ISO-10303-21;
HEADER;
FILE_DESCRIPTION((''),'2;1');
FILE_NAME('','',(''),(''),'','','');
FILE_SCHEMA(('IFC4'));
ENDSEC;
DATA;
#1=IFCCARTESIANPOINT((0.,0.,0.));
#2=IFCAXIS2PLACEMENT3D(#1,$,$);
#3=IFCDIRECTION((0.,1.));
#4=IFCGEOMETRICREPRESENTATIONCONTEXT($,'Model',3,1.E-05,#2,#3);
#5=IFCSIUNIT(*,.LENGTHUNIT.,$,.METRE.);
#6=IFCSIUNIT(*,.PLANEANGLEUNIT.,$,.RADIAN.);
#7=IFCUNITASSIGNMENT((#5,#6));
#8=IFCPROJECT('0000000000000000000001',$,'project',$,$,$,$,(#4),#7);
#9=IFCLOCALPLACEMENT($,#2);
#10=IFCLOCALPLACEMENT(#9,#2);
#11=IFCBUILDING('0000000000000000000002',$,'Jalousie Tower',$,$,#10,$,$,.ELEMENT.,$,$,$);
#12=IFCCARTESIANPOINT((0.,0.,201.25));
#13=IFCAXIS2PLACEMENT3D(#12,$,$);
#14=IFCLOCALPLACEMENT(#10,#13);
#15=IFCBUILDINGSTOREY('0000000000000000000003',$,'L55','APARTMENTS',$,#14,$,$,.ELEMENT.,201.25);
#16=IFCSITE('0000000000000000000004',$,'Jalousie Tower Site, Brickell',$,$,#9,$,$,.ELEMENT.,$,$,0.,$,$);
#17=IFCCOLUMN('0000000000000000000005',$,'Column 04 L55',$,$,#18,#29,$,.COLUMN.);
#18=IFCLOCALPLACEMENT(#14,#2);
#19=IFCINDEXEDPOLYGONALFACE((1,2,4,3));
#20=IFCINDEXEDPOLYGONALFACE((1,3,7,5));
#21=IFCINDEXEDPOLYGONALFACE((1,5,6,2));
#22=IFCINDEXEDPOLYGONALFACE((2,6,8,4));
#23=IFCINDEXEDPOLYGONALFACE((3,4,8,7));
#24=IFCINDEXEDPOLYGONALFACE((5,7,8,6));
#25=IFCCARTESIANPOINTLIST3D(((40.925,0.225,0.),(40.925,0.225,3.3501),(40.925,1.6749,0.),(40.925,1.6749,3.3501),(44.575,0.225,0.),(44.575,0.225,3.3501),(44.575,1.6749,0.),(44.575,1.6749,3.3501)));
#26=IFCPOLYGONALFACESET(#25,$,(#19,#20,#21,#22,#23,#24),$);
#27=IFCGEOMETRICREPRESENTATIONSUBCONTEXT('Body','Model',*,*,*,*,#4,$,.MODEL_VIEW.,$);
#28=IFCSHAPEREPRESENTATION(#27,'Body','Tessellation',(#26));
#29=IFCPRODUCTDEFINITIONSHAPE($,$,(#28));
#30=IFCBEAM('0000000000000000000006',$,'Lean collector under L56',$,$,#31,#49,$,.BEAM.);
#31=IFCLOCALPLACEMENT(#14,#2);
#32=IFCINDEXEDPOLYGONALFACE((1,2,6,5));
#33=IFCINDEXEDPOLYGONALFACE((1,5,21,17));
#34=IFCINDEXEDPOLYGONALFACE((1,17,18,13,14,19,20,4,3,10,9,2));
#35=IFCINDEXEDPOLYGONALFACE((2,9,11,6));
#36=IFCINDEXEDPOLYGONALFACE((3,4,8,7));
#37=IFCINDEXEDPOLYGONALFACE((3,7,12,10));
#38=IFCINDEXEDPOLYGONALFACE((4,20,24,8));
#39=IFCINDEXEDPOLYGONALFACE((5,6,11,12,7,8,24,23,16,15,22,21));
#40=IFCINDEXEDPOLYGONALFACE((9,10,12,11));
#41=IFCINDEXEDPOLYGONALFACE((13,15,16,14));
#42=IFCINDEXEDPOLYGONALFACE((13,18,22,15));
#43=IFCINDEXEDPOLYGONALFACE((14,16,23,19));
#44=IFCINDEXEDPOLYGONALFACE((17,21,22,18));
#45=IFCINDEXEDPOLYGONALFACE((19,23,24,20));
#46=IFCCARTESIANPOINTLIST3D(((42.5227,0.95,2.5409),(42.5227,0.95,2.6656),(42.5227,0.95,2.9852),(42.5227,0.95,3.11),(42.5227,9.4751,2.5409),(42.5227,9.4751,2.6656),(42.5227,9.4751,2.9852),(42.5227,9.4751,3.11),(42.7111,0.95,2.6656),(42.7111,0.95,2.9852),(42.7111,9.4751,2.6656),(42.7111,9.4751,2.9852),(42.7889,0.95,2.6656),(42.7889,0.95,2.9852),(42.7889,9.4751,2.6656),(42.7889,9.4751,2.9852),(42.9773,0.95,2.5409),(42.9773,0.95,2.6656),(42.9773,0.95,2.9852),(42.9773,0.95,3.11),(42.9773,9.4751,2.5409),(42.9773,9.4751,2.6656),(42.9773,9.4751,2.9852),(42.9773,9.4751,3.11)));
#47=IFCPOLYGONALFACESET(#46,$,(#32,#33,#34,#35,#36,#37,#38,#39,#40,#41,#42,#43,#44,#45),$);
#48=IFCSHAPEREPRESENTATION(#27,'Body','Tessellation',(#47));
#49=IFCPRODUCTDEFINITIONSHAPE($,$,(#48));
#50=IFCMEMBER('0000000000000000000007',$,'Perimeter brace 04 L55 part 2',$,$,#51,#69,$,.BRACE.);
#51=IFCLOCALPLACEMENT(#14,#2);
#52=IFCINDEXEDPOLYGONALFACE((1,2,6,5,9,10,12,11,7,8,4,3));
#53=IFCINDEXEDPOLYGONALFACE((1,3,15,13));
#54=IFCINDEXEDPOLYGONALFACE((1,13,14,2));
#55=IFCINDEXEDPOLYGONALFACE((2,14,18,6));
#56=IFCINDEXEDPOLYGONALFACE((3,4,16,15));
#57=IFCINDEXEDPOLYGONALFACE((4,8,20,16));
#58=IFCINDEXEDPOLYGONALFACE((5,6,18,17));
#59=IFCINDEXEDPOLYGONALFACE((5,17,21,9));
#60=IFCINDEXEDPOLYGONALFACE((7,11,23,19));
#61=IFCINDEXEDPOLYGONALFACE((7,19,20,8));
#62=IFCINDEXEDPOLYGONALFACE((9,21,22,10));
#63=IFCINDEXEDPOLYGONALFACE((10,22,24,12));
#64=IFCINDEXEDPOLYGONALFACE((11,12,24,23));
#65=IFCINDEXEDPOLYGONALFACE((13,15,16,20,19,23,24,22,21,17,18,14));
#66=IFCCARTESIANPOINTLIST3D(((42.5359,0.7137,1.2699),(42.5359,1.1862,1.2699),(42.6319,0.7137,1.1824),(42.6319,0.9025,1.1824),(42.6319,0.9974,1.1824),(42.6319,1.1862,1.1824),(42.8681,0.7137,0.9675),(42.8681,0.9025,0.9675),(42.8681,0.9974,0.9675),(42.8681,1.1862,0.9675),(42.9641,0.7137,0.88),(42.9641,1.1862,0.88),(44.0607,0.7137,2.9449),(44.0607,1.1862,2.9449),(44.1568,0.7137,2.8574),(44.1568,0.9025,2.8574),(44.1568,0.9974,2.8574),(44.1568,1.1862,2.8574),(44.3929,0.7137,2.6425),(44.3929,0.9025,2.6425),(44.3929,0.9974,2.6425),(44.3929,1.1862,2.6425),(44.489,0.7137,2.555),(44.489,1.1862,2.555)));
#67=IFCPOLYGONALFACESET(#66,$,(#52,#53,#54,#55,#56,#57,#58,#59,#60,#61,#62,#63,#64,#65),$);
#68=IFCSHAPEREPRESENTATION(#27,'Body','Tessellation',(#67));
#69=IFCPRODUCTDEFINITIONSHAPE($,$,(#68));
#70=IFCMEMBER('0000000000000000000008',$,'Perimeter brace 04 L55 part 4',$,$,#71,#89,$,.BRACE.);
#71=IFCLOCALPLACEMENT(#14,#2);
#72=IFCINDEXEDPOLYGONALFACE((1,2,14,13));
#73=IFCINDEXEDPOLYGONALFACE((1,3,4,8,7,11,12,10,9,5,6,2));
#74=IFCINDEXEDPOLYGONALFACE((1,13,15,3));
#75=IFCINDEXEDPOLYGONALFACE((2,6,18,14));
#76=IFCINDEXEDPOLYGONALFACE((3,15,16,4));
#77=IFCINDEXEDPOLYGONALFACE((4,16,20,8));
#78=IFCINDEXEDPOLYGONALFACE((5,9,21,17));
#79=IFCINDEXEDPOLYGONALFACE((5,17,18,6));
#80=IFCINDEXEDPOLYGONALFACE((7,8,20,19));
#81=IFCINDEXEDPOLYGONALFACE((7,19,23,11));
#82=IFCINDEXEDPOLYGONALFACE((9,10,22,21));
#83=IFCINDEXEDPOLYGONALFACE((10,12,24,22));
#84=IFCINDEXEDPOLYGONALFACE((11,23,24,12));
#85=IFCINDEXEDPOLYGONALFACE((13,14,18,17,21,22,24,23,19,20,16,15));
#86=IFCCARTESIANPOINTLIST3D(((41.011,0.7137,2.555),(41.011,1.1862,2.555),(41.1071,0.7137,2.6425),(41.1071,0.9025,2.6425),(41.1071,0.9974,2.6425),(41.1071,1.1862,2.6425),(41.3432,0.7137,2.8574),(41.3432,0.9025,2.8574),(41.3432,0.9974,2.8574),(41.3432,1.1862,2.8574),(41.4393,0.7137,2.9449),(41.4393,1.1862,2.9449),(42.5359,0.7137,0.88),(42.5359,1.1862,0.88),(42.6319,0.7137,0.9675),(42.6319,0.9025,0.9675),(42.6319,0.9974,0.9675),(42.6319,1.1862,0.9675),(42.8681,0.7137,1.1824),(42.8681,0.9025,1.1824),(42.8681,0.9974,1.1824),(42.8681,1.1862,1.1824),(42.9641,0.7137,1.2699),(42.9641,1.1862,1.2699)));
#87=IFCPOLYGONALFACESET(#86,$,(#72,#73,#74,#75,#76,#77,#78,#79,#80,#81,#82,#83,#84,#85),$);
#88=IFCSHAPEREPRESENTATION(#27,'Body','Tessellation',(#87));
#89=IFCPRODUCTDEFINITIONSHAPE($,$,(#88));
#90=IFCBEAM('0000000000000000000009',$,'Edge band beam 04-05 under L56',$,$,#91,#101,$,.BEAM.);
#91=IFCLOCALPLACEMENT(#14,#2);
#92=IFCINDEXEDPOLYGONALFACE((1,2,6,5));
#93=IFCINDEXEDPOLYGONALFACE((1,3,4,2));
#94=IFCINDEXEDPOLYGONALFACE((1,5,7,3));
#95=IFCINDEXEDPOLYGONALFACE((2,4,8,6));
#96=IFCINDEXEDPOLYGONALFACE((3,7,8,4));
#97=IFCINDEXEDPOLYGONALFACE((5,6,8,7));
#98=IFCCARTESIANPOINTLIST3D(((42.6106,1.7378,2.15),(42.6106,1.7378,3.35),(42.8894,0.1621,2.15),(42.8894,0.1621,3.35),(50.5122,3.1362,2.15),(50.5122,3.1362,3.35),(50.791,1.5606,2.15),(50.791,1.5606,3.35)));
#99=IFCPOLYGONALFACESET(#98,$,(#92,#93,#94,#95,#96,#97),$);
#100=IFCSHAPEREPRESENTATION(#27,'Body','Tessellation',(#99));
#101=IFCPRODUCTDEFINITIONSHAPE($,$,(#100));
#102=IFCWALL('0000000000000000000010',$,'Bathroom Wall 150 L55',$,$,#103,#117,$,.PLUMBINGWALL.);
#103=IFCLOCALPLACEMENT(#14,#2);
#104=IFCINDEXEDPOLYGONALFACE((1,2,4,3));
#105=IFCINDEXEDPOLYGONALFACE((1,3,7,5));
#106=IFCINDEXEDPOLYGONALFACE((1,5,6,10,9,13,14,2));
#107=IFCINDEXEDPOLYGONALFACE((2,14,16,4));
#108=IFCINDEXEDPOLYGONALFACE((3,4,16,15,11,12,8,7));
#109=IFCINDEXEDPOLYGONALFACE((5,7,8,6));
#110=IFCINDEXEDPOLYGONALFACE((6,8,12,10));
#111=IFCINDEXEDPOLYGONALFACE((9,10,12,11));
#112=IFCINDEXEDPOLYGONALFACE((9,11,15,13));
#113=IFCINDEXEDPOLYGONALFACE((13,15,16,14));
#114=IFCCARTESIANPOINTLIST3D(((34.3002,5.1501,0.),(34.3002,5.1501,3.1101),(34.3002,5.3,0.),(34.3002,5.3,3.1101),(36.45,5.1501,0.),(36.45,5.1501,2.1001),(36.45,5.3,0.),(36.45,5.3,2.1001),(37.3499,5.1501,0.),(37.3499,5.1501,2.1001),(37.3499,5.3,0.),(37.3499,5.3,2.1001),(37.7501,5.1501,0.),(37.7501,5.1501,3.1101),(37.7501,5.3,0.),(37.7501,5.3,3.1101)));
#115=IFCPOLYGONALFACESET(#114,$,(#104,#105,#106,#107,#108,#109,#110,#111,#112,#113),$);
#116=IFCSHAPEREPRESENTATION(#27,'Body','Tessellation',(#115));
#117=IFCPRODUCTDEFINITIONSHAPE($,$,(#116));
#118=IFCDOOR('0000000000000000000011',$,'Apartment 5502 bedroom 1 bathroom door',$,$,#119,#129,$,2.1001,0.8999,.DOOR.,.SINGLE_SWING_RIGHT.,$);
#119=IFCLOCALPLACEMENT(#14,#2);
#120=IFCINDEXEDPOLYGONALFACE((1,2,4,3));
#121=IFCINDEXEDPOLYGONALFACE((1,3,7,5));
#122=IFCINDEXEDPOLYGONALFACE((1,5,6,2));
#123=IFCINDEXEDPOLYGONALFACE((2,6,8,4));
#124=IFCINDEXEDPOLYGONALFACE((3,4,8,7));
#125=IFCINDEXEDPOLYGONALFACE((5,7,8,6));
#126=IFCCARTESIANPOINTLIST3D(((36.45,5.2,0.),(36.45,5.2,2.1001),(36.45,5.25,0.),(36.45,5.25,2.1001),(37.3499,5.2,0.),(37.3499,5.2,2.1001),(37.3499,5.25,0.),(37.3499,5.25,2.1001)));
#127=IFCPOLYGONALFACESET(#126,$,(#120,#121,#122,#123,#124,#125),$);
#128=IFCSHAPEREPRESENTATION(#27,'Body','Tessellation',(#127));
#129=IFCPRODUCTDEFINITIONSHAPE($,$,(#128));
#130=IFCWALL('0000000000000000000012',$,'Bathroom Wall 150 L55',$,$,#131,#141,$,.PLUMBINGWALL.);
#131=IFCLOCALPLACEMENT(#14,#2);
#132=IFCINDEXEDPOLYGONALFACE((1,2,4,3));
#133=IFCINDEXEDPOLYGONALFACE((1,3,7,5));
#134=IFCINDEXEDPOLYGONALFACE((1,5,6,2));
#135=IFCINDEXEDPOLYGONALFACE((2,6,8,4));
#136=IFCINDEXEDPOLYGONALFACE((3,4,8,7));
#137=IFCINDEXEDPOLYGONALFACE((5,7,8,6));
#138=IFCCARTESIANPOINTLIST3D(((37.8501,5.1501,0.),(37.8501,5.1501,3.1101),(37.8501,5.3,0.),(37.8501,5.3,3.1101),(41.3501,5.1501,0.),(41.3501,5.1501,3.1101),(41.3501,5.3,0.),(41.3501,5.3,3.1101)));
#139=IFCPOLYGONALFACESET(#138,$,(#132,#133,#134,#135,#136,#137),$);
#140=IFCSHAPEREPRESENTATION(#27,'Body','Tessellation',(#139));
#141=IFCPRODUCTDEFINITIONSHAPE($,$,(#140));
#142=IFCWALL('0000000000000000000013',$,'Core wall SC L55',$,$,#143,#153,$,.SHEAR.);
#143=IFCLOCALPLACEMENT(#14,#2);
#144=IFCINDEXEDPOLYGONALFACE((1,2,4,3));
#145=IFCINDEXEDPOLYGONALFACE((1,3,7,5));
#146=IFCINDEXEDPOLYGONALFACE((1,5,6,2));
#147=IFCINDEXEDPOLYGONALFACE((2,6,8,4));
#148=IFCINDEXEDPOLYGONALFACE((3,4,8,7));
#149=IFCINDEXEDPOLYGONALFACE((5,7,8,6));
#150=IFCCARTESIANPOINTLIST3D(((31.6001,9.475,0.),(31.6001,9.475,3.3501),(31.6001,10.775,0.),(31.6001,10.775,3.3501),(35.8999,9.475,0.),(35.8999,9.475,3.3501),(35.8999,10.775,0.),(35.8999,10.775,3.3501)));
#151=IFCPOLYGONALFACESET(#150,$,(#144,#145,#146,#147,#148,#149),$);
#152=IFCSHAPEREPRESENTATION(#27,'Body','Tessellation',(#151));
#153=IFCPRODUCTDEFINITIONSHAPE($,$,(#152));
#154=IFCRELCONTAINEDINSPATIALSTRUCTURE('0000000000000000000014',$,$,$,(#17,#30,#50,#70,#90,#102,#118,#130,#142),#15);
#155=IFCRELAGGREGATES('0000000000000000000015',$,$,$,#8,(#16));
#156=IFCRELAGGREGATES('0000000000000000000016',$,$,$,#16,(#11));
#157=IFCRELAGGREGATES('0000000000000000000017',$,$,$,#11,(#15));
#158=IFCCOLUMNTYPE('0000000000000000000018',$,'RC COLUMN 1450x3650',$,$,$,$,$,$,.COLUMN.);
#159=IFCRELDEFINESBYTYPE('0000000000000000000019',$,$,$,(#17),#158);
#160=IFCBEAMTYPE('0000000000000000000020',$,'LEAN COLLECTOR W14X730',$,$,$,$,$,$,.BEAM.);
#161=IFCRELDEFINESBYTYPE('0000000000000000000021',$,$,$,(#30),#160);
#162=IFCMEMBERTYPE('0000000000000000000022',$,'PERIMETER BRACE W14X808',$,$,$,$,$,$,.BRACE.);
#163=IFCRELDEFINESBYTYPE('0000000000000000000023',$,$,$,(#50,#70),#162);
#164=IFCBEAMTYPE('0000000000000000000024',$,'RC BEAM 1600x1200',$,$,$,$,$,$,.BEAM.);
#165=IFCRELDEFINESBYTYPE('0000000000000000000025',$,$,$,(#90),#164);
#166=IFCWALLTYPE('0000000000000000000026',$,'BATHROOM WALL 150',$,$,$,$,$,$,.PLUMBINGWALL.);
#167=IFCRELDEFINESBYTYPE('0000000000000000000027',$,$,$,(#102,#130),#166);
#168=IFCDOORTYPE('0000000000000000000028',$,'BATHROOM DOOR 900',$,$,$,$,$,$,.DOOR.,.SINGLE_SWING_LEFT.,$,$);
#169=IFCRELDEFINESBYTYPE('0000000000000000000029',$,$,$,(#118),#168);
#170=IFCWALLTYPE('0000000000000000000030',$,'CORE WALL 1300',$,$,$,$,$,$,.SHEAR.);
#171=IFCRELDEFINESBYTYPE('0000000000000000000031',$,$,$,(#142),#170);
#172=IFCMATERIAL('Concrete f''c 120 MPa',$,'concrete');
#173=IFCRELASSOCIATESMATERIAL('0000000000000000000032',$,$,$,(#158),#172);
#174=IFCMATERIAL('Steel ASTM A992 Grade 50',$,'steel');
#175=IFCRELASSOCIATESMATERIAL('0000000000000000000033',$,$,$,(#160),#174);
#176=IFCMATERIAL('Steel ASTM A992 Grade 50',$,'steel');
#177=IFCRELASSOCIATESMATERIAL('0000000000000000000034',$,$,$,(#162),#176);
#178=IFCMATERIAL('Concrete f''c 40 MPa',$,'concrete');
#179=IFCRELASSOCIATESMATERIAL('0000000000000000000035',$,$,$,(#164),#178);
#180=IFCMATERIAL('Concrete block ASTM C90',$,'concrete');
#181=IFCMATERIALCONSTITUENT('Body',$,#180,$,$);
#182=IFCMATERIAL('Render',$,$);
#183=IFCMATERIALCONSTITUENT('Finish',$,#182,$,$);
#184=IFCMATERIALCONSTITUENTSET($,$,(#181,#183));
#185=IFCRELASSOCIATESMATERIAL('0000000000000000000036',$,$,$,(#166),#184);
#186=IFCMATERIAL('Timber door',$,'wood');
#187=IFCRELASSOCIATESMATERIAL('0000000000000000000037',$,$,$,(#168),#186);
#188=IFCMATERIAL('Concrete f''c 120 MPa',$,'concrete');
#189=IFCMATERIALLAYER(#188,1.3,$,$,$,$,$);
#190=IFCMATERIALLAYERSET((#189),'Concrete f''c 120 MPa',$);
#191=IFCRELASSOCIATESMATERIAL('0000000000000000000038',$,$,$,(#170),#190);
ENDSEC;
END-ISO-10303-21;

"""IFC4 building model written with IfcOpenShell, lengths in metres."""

from ifc_helpers import new_model, si_unit, direction, frame, frame_2d, origin, origin_2d, place, context, subcontext, project, spatial, rectangle, i_section, extrude, material, layer, layer_set, constituent, constituent_set, material_profile, profile_set, type_object, element, fill, save


model = new_model("IFC4")

# Units and contexts
model_context = context("Model", 3, precision=1e-05, world=origin(), true_north=direction((0.0, 1.0)))
body_context = subcontext(model_context, "Body", "Model", "MODEL_VIEW")
ifc_project = project(units=[si_unit("LENGTHUNIT", "METRE"), si_unit("PLANEANGLEUNIT", "RADIAN")], contexts=[model_context])

# Site, building, storey
site_placement = place(None, origin())
site = spatial("IfcSite", under=ifc_project, at=site_placement, Name="Jalousie Tower Site, Brickell", CompositionType="ELEMENT", RefElevation=0.0)
building_placement = place(site_placement, origin())
building = spatial("IfcBuilding", under=site, at=building_placement, Name="Jalousie Tower", CompositionType="ELEMENT")
storey_placement = place(building_placement, frame((0.0, 0.0, 201.25)))
storey = spatial("IfcBuildingStorey", under=building, at=storey_placement, Name="L55", Description="APARTMENTS", CompositionType="ELEMENT", Elevation=201.25)

# Column
ifc_material_1 = material(Name="Concrete f'c 120 MPa", Category="concrete")
ifc_material_profile_1 = material_profile(ifc_material_1, rectangle(XDim=1.45, YDim=3.6499, at=origin_2d()), Name="RC 1450x3650")
ifc_profile_set_1 = profile_set([ifc_material_profile_1], Name="Concrete f'c 120 MPa")
column_type = type_object("IfcColumnType", Name="RC COLUMN 1450x3650", PredefinedType="COLUMN", material=ifc_profile_set_1)
column_placement = place(storey_placement, frame((42.75, 0.95, 0.0), z_axis=(0.0, 0.0, 1.0), x_axis=(0.0, 1.0, 0.0)))
element("IfcColumn", 1, at=column_placement, inside=storey, type_object=column_type, Name="Column 04 L55", PredefinedType="COLUMN", context=body_context, shape_type="SweptSolid", body=[
    extrude(rectangle(XDim=1.45, YDim=3.6499, at=origin_2d()), origin(), (0.0, 0.0, 1.0), 3.3501),
])

# Beam
ifc_material_2 = material(Name="Steel ASTM A992 Grade 50", Category="steel")
ifc_material_profile_2 = material_profile(ifc_material_2, i_section(OverallWidth=0.4546, OverallDepth=0.5691, WebThickness=0.0779, FlangeThickness=0.1248, at=origin_2d()), Name="W14X730")
ifc_profile_set_2 = profile_set([ifc_material_profile_2], Name="Steel ASTM A992 Grade 50")
beam_type_1 = type_object("IfcBeamType", Name="LEAN COLLECTOR W14X730", PredefinedType="BEAM", material=ifc_profile_set_2)
beam_1_placement = place(storey_placement, frame((42.75, 0.95, 2.8254), z_axis=(0.0, 1.0, 0.0), x_axis=(-1.0, 0.0, 0.0)))
element("IfcBeam", 2, at=beam_1_placement, inside=storey, type_object=beam_type_1, Name="Lean collector under L56", PredefinedType="BEAM", context=body_context, shape_type="SweptSolid", body=[
    extrude(i_section(OverallWidth=0.4546, OverallDepth=0.5691, WebThickness=0.0779, FlangeThickness=0.1248, at=origin_2d()), origin(), (0.0, 0.0, 1.0), 8.5251),
])

# Members
ifc_material_3 = material(Name="Steel ASTM A992 Grade 50", Category="steel")
ifc_material_profile_3 = material_profile(ifc_material_3, i_section(OverallWidth=0.4724, OverallDepth=0.5791, WebThickness=0.095, FlangeThickness=0.1299, at=origin_2d()), Name="W14X808")
ifc_profile_set_3 = profile_set([ifc_material_profile_3], Name="Steel ASTM A992 Grade 50")
member_type = type_object("IfcMemberType", Name="PERIMETER BRACE W14X808", PredefinedType="BRACE", material=ifc_profile_set_3)
for number, where, z_axis, x_axis, name in (
    (3, (42.75, 0.95, 1.075), (0.673188, 0.0, 0.739472), (0.0, 1.0, 0.0), "Perimeter brace 04 L55 part 2"),
    (4, (42.75, 0.95, 1.075), (-0.673188, 0.0, 0.739472), (0.0, -1.0, 0.0), "Perimeter brace 04 L55 part 4"),
):
    element("IfcMember", number, at=place(storey_placement, frame(where, z_axis=z_axis, x_axis=x_axis)), inside=storey, type_object=member_type, Name=name, PredefinedType="BRACE", context=body_context, shape_type="SweptSolid", body=[
        extrude(i_section(OverallWidth=0.4724, OverallDepth=0.5791, WebThickness=0.095, FlangeThickness=0.1299, at=origin_2d()), origin(), (0.0, 0.0, 1.0), 2.2651),
    ])

# Beam
ifc_material_4 = material(Name="Concrete f'c 40 MPa", Category="concrete")
ifc_material_profile_4 = material_profile(ifc_material_4, rectangle(XDim=1.6001, YDim=1.2, at=origin_2d()), Name="RC 1600x1200")
ifc_profile_set_4 = profile_set([ifc_material_profile_4], Name="Concrete f'c 40 MPa")
beam_type_2 = type_object("IfcBeamType", Name="RC BEAM 1600x1200", PredefinedType="BEAM", material=ifc_profile_set_4)
beam_2_placement = place(storey_placement, frame((42.75, 0.95, 2.75), z_axis=(0.984697, 0.174273, 0.0), x_axis=(-0.174273, 0.984697, 0.0)))
element("IfcBeam", 5, at=beam_2_placement, inside=storey, type_object=beam_type_2, Name="Edge band beam 04-05 under L56", PredefinedType="BEAM", context=body_context, shape_type="SweptSolid", body=[
    extrude(rectangle(XDim=1.6001, YDim=1.2, at=origin_2d()), origin(), (0.0, 0.0, 1.0), 8.0244),
])

# Wall, opening, door
ifc_material_5 = material(Name="Concrete block ASTM C90", Category="concrete")
ifc_constituent_1 = constituent(ifc_material_5, Name="Body")
ifc_material_6 = material(Name="Render")
ifc_constituent_2 = constituent(ifc_material_6, Name="Finish")
ifc_constituent_set_1 = constituent_set(constituents=[ifc_constituent_1, ifc_constituent_2])
wall_type_1 = type_object("IfcWallType", Name="BATHROOM WALL 150", PredefinedType="PLUMBINGWALL", material=ifc_constituent_set_1)
wall_1_placement = place(storey_placement, frame((34.3, 5.2251, 0.0), z_axis=(0.0, 0.0, 1.0), x_axis=(1.0, 0.0, 0.0)))
wall_1 = element("IfcWall", 6, at=wall_1_placement, inside=storey, type_object=wall_type_1, Name="Bathroom Wall 150 L55", PredefinedType="PLUMBINGWALL", context=body_context, shape_type="SweptSolid", body=[
    extrude(rectangle(XDim=3.45, YDim=0.1499, at=frame_2d((1.7251, 0.0))), origin(), (0.0, 0.0, 1.0), 3.1101),
])
opening_1_placement = place(wall_1_placement, frame((2.1499, 0.0, 0.0)))
opening_1 = element("IfcOpeningElement", 7, at=opening_1_placement, cuts=wall_1, PredefinedType="OPENING", context=body_context, shape_type="SweptSolid", body=[
    extrude(rectangle(XDim=0.8999, YDim=2.1001, at=frame_2d((0.45, 1.05))), frame((0.0, 0.085, 0.0), z_axis=(0.0, -1.0, 0.0), x_axis=(1.0, 0.0, 0.0)), (0.0, 0.0, 1.0), 0.1699),
])
ifc_material_7 = material(Name="Timber door", Category="wood")
door_type_1 = type_object("IfcDoorType", Name="BATHROOM DOOR 900", OperationType="SINGLE_SWING_LEFT", PredefinedType="DOOR", material=ifc_material_7)
door_1_placement = place(opening_1_placement, origin())
door_1 = element("IfcDoor", 8, at=door_1_placement, inside=storey, type_object=door_type_1, Name="Apartment 5502 bedroom 1 bathroom door", OperationType="SINGLE_SWING_RIGHT", OverallHeight=2.1001, OverallWidth=0.8999, PredefinedType="DOOR", context=body_context, shape_type="SweptSolid", body=[
    extrude(rectangle(XDim=0.8999, YDim=2.1001, at=frame_2d((0.45, 1.05))), frame((0.0, 0.0249, 0.0), z_axis=(0.0, -1.0, 0.0), x_axis=(1.0, 0.0, 0.0)), (0.0, 0.0, 1.0), 0.05),
])
fill(opening_1, door_1)

# Walls
wall_2_placement = place(storey_placement, frame((37.8501, 5.2251, 0.0), z_axis=(0.0, 0.0, 1.0), x_axis=(1.0, 0.0, 0.0)))
element("IfcWall", 9, at=wall_2_placement, inside=storey, type_object=wall_type_1, Name="Bathroom Wall 150 L55", PredefinedType="PLUMBINGWALL", context=body_context, shape_type="SweptSolid", body=[
    extrude(rectangle(XDim=3.5, YDim=0.1499, at=frame_2d((1.75, 0.0))), origin(), (0.0, 0.0, 1.0), 3.1101),
])
ifc_material_8 = material(Name="Concrete f'c 120 MPa", Category="concrete")
ifc_layer_1 = layer(ifc_material_8, 1.3)
ifc_layer_set_1 = layer_set([ifc_layer_1], Name="Concrete f'c 120 MPa")
wall_type_2 = type_object("IfcWallType", Name="CORE WALL 1300", PredefinedType="SHEAR", material=ifc_layer_set_1)
wall_3_placement = place(storey_placement, frame((31.6001, 10.125, 0.0), z_axis=(0.0, 0.0, 1.0), x_axis=(1.0, 0.0, 0.0)))
element("IfcWall", 10, at=wall_3_placement, inside=storey, type_object=wall_type_2, Name="Core wall SC L55", PredefinedType="SHEAR", context=body_context, shape_type="SweptSolid", body=[
    extrude(rectangle(XDim=4.2998, YDim=1.3, at=frame_2d((2.1499, 0.0))), origin(), (0.0, 0.0, 1.0), 3.3501),
])

save(model, "model.ifc")
